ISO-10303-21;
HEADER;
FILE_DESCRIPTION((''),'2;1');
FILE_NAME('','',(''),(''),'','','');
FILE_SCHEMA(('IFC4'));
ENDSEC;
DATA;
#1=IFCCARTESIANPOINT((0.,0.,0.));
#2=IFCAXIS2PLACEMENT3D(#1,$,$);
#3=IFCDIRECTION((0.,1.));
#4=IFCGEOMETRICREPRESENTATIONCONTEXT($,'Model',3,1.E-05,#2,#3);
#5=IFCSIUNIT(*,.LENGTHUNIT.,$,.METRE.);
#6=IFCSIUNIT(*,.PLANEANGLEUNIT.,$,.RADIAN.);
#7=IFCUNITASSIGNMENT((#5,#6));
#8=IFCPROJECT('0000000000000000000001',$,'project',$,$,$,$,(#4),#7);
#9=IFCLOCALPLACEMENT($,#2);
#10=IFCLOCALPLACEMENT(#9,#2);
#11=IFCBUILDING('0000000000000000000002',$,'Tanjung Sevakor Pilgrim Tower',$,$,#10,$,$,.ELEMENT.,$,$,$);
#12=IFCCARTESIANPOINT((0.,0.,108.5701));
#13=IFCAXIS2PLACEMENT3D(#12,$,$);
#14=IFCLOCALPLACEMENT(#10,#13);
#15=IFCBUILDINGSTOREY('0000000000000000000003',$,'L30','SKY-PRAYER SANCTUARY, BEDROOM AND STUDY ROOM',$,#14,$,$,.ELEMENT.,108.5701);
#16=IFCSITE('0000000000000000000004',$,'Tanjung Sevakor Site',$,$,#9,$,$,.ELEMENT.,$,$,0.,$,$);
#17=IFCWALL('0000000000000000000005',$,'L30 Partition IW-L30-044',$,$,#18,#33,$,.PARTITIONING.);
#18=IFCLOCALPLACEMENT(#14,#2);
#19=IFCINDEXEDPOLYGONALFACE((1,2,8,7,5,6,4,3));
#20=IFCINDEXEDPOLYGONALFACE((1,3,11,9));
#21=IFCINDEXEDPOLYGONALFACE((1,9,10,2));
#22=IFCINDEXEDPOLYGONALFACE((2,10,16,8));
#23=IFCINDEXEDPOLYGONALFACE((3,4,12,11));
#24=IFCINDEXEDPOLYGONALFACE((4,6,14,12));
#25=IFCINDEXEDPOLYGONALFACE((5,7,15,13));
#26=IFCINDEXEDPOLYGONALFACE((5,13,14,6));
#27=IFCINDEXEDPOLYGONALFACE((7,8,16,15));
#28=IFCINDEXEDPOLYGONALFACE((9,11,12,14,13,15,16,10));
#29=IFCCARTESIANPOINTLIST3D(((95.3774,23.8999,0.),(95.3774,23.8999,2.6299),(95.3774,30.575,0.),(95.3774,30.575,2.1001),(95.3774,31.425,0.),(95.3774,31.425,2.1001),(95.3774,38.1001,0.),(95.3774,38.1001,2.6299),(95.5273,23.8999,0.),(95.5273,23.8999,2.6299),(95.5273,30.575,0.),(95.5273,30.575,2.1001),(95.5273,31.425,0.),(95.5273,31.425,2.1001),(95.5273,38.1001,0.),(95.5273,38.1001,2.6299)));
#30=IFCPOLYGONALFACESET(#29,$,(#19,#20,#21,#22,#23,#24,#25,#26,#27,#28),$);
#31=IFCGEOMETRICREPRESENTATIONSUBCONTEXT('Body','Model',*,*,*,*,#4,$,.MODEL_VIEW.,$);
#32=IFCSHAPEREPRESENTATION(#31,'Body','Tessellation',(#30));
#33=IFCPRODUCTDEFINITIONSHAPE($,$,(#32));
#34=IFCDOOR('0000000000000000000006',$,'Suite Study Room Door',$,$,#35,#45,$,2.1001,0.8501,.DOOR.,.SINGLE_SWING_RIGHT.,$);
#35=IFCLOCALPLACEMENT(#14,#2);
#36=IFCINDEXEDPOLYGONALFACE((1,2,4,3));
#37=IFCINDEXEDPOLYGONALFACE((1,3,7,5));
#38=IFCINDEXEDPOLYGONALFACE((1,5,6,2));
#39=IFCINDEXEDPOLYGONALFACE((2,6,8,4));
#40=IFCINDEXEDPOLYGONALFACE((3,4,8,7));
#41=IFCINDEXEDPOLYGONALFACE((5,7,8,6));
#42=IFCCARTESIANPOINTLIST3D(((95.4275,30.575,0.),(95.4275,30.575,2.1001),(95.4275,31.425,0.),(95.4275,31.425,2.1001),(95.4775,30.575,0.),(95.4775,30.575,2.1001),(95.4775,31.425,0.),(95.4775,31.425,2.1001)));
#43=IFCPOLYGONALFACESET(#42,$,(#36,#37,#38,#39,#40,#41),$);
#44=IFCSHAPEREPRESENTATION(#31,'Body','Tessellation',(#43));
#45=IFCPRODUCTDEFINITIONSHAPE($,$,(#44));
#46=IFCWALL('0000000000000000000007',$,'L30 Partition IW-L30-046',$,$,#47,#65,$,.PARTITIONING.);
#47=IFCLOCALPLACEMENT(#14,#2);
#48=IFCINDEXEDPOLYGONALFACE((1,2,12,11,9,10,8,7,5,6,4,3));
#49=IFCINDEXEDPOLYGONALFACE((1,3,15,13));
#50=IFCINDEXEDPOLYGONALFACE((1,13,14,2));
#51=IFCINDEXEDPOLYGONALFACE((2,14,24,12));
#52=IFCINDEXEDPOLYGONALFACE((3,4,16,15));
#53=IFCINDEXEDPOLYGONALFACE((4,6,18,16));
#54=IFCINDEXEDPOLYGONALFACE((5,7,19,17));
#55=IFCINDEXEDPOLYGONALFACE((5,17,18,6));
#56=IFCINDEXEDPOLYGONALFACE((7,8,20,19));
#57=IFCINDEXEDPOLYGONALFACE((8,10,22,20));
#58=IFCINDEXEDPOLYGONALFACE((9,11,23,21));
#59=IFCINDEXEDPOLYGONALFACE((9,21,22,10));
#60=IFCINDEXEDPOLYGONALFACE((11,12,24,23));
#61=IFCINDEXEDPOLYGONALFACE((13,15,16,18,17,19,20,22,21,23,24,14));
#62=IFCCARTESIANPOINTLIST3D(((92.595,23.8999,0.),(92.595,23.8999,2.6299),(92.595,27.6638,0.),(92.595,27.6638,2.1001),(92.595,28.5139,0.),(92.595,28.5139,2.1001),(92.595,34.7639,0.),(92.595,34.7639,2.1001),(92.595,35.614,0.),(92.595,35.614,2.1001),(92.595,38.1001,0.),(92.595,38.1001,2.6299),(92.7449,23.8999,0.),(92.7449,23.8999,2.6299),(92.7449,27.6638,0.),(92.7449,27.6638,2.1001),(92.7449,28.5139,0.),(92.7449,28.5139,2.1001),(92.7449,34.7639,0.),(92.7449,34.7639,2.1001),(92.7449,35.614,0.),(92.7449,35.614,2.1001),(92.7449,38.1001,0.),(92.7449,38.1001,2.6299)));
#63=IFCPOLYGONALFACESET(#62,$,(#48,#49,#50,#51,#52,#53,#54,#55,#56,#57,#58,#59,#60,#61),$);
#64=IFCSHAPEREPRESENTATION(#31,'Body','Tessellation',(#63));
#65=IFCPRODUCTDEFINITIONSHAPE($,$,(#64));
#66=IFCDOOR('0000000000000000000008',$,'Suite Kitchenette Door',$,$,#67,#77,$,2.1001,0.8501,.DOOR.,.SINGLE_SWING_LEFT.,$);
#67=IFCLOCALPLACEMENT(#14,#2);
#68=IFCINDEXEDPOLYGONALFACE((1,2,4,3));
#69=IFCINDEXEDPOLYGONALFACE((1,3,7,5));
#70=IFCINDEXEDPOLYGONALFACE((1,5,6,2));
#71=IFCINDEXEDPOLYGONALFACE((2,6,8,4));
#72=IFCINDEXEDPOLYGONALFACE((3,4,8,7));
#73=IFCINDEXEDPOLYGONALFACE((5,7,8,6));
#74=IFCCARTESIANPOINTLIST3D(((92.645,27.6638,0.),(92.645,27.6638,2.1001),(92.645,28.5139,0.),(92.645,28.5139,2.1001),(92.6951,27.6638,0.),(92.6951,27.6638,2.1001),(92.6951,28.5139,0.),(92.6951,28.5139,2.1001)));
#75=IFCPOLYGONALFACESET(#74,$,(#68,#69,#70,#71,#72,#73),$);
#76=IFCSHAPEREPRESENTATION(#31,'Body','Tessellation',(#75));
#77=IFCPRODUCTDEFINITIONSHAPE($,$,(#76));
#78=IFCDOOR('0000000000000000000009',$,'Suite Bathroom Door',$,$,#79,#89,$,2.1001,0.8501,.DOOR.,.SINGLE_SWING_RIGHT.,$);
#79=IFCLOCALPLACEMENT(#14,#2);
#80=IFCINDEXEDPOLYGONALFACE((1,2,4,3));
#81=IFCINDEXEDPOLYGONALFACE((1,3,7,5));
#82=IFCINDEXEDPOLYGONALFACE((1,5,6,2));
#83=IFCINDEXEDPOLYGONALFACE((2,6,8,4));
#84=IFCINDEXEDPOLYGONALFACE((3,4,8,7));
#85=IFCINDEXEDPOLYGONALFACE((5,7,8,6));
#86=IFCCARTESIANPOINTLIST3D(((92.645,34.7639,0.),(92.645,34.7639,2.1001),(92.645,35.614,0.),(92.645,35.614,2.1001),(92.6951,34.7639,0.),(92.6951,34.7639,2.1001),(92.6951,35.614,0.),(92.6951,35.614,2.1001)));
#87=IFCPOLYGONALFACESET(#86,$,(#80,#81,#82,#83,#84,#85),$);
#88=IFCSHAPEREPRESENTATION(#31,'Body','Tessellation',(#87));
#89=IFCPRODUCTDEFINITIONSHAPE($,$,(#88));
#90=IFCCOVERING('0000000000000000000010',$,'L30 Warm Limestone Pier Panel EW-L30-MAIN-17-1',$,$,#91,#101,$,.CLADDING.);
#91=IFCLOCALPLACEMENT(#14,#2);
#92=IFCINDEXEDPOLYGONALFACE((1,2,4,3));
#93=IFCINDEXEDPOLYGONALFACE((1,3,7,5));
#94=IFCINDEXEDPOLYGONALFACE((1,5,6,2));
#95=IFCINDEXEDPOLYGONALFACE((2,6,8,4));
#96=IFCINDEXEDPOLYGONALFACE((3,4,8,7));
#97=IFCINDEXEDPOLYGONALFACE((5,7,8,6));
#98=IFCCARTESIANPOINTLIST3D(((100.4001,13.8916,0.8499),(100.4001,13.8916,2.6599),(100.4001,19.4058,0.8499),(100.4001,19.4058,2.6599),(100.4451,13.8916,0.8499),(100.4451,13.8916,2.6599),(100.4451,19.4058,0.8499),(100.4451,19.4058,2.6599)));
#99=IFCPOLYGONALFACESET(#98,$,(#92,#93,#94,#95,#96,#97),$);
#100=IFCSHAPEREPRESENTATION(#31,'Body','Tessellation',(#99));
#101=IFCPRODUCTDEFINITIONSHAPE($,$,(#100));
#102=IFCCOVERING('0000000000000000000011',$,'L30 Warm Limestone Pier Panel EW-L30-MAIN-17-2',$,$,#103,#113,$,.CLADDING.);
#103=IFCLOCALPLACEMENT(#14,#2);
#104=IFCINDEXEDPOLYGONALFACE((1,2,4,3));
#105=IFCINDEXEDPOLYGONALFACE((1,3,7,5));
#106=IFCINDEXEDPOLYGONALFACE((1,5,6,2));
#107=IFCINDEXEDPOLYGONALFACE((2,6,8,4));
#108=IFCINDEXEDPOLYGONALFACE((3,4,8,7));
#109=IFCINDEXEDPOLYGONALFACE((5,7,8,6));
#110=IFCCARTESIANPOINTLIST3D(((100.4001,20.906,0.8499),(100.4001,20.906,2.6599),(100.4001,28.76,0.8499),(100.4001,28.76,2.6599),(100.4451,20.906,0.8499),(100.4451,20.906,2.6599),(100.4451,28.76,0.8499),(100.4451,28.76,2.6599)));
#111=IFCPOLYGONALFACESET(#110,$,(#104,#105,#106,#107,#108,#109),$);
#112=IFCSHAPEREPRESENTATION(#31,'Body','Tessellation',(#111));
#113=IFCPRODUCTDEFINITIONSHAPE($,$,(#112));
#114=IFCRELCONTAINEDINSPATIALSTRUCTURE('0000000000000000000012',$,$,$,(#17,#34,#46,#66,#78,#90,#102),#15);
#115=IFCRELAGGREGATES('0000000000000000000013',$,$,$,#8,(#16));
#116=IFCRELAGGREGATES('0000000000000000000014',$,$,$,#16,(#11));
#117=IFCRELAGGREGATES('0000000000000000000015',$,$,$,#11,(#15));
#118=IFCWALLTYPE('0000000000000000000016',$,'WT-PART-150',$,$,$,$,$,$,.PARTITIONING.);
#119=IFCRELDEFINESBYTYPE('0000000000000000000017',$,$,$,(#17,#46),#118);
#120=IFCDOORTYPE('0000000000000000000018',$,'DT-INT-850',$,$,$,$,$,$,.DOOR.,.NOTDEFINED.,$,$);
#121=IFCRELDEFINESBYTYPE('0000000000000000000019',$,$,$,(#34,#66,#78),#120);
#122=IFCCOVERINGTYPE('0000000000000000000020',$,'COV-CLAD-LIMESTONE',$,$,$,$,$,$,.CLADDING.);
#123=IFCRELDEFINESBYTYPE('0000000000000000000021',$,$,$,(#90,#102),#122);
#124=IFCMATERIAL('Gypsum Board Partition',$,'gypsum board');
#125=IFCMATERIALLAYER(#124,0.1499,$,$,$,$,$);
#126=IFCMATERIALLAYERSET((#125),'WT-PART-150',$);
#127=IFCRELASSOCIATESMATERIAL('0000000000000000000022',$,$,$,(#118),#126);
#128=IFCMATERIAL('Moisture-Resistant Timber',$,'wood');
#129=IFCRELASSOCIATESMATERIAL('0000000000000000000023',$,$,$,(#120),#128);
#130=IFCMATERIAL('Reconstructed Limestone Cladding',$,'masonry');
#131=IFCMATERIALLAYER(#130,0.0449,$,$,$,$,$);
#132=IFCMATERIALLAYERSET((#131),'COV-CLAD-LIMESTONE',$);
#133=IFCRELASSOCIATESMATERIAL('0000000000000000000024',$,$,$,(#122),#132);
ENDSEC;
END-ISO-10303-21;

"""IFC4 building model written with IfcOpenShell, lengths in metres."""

from ifc_helpers import new_model, si_unit, direction, frame, frame_2d, origin, origin_2d, place, context, subcontext, project, spatial, rectangle, extrude, material, layer, layer_set, type_object, element, fill, save


model = new_model("IFC4")

# Units and contexts
model_context = context("Model", 3, precision=1e-05, world=origin(), true_north=direction((0.0, 1.0)))
body_context = subcontext(model_context, "Body", "Model", "MODEL_VIEW")
ifc_project = project(units=[si_unit("LENGTHUNIT", "METRE"), si_unit("PLANEANGLEUNIT", "RADIAN")], contexts=[model_context])

# Site, building, storey
site_placement = place(None, origin())
site = spatial("IfcSite", under=ifc_project, at=site_placement, Name="Tanjung Sevakor Site", CompositionType="ELEMENT", RefElevation=0.0)
building_placement = place(site_placement, origin())
building = spatial("IfcBuilding", under=site, at=building_placement, Name="Tanjung Sevakor Pilgrim Tower", CompositionType="ELEMENT")
storey_placement = place(building_placement, frame((0.0, 0.0, 108.5701)))
storey = spatial("IfcBuildingStorey", under=building, at=storey_placement, Name="L30", Description="SKY-PRAYER SANCTUARY, BEDROOM AND STUDY ROOM", CompositionType="ELEMENT", Elevation=108.5701)

# Wall, opening, door
ifc_material_1 = material(Name="Gypsum Board Partition", Category="gypsum board")
ifc_layer_1 = layer(ifc_material_1, 0.1499)
ifc_layer_set_1 = layer_set([ifc_layer_1], Name="WT-PART-150")
wall_type_1 = type_object("IfcWallType", Name="WT-PART-150", PredefinedType="PARTITIONING", material=ifc_layer_set_1)
wall_1_placement = place(storey_placement, frame((95.4524, 23.8999, 0.0), z_axis=(0.0, 0.0, 1.0), x_axis=(0.0, 1.0, 0.0)))
wall_1 = element("IfcWall", 1, at=wall_1_placement, inside=storey, type_object=wall_type_1, Name="L30 Partition IW-L30-044", PredefinedType="PARTITIONING", context=body_context, shape_type="SweptSolid", body=[
    extrude(rectangle(XDim=14.2002, YDim=0.1499, at=frame_2d((7.1001, 0.0))), origin(), (0.0, 0.0, 1.0), 2.6299),
])
opening_1_placement = place(wall_1_placement, frame((6.675, 0.0, 0.0)))
opening_1 = element("IfcOpeningElement", 2, at=opening_1_placement, cuts=wall_1, PredefinedType="OPENING", context=body_context, shape_type="SweptSolid", body=[
    extrude(rectangle(XDim=0.8501, YDim=2.1001, at=frame_2d((0.425, 1.05))), frame((0.0, 0.085, 0.0), z_axis=(0.0, -1.0, 0.0), x_axis=(1.0, 0.0, 0.0)), (0.0, 0.0, 1.0), 0.1699),
])
ifc_material_2 = material(Name="Moisture-Resistant Timber", Category="wood")
door_type_1 = type_object("IfcDoorType", Name="DT-INT-850", OperationType="NOTDEFINED", PredefinedType="DOOR", material=ifc_material_2)
door_1_placement = place(opening_1_placement, origin())
door_1 = element("IfcDoor", 3, at=door_1_placement, inside=storey, type_object=door_type_1, Name="Suite Study Room Door", OperationType="SINGLE_SWING_RIGHT", OverallHeight=2.1001, OverallWidth=0.8501, PredefinedType="DOOR", context=body_context, shape_type="SweptSolid", body=[
    extrude(rectangle(XDim=0.8501, YDim=2.1001, at=frame_2d((0.425, 1.05))), frame((0.0, 0.0249, 0.0), z_axis=(0.0, -1.0, 0.0), x_axis=(1.0, 0.0, 0.0)), (0.0, 0.0, 1.0), 0.05),
])
fill(opening_1, door_1)

# Wall, openings, doors
wall_2_placement = place(storey_placement, frame((92.6699, 23.8999, 0.0), z_axis=(0.0, 0.0, 1.0), x_axis=(0.0, 1.0, 0.0)))
wall_2 = element("IfcWall", 4, at=wall_2_placement, inside=storey, type_object=wall_type_1, Name="L30 Partition IW-L30-046", PredefinedType="PARTITIONING", context=body_context, shape_type="SweptSolid", body=[
    extrude(rectangle(XDim=14.2002, YDim=0.1499, at=frame_2d((7.1001, 0.0))), origin(), (0.0, 0.0, 1.0), 2.6299),
])
opening_2_placement = place(wall_2_placement, frame((3.7639, 0.0, 0.0)))
opening_2 = element("IfcOpeningElement", 5, at=opening_2_placement, cuts=wall_2, PredefinedType="OPENING", context=body_context, shape_type="SweptSolid", body=[
    extrude(rectangle(XDim=0.8501, YDim=2.1001, at=frame_2d((0.425, 1.05))), frame((0.0, 0.085, 0.0), z_axis=(0.0, -1.0, 0.0), x_axis=(1.0, 0.0, 0.0)), (0.0, 0.0, 1.0), 0.1699),
])
opening_3_placement = place(wall_2_placement, frame((10.864, 0.0, 0.0)))
opening_3 = element("IfcOpeningElement", 6, at=opening_3_placement, cuts=wall_2, PredefinedType="OPENING", context=body_context, shape_type="SweptSolid", body=[
    extrude(rectangle(XDim=0.8501, YDim=2.1001, at=frame_2d((0.425, 1.05))), frame((0.0, 0.085, 0.0), z_axis=(0.0, -1.0, 0.0), x_axis=(1.0, 0.0, 0.0)), (0.0, 0.0, 1.0), 0.1699),
])
door_2_placement = place(opening_2_placement, origin())
door_2 = element("IfcDoor", 7, at=door_2_placement, inside=storey, type_object=door_type_1, Name="Suite Kitchenette Door", OperationType="SINGLE_SWING_LEFT", OverallHeight=2.1001, OverallWidth=0.8501, PredefinedType="DOOR", context=body_context, shape_type="SweptSolid", body=[
    extrude(rectangle(XDim=0.8501, YDim=2.1001, at=frame_2d((0.425, 1.05))), frame((0.0, 0.0249, 0.0), z_axis=(0.0, -1.0, 0.0), x_axis=(1.0, 0.0, 0.0)), (0.0, 0.0, 1.0), 0.05),
])
fill(opening_2, door_2)
door_3_placement = place(opening_3_placement, origin())
door_3 = element("IfcDoor", 8, at=door_3_placement, inside=storey, type_object=door_type_1, Name="Suite Bathroom Door", OperationType="SINGLE_SWING_RIGHT", OverallHeight=2.1001, OverallWidth=0.8501, PredefinedType="DOOR", context=body_context, shape_type="SweptSolid", body=[
    extrude(rectangle(XDim=0.8501, YDim=2.1001, at=frame_2d((0.425, 1.05))), frame((0.0, 0.0249, 0.0), z_axis=(0.0, -1.0, 0.0), x_axis=(1.0, 0.0, 0.0)), (0.0, 0.0, 1.0), 0.05),
])
fill(opening_3, door_3)

# Coverings
ifc_material_3 = material(Name="Reconstructed Limestone Cladding", Category="masonry")
ifc_layer_2 = layer(ifc_material_3, 0.0449)
ifc_layer_set_2 = layer_set([ifc_layer_2], Name="COV-CLAD-LIMESTONE")
covering_type = type_object("IfcCoveringType", Name="COV-CLAD-LIMESTONE", PredefinedType="CLADDING", material=ifc_layer_set_2)
covering_1_placement = place(storey_placement, frame((100.4226, 16.6487, 0.8499), z_axis=(0.0, 0.0, 1.0), x_axis=(0.0, 1.0, 0.0)))
element("IfcCovering", 9, at=covering_1_placement, inside=storey, type_object=covering_type, Name="L30 Warm Limestone Pier Panel EW-L30-MAIN-17-1", PredefinedType="CLADDING", context=body_context, shape_type="SweptSolid", body=[
    extrude(rectangle(XDim=5.5142, YDim=0.0449, at=origin_2d()), origin(), (0.0, 0.0, 1.0), 1.8101),
])
covering_2_placement = place(storey_placement, frame((100.4226, 24.833, 0.8499), z_axis=(0.0, 0.0, 1.0), x_axis=(0.0, 1.0, 0.0)))
element("IfcCovering", 10, at=covering_2_placement, inside=storey, type_object=covering_type, Name="L30 Warm Limestone Pier Panel EW-L30-MAIN-17-2", PredefinedType="CLADDING", context=body_context, shape_type="SweptSolid", body=[
    extrude(rectangle(XDim=7.854, YDim=0.0449, at=origin_2d()), origin(), (0.0, 0.0, 1.0), 1.8101),
])

save(model, "model.ifc")
